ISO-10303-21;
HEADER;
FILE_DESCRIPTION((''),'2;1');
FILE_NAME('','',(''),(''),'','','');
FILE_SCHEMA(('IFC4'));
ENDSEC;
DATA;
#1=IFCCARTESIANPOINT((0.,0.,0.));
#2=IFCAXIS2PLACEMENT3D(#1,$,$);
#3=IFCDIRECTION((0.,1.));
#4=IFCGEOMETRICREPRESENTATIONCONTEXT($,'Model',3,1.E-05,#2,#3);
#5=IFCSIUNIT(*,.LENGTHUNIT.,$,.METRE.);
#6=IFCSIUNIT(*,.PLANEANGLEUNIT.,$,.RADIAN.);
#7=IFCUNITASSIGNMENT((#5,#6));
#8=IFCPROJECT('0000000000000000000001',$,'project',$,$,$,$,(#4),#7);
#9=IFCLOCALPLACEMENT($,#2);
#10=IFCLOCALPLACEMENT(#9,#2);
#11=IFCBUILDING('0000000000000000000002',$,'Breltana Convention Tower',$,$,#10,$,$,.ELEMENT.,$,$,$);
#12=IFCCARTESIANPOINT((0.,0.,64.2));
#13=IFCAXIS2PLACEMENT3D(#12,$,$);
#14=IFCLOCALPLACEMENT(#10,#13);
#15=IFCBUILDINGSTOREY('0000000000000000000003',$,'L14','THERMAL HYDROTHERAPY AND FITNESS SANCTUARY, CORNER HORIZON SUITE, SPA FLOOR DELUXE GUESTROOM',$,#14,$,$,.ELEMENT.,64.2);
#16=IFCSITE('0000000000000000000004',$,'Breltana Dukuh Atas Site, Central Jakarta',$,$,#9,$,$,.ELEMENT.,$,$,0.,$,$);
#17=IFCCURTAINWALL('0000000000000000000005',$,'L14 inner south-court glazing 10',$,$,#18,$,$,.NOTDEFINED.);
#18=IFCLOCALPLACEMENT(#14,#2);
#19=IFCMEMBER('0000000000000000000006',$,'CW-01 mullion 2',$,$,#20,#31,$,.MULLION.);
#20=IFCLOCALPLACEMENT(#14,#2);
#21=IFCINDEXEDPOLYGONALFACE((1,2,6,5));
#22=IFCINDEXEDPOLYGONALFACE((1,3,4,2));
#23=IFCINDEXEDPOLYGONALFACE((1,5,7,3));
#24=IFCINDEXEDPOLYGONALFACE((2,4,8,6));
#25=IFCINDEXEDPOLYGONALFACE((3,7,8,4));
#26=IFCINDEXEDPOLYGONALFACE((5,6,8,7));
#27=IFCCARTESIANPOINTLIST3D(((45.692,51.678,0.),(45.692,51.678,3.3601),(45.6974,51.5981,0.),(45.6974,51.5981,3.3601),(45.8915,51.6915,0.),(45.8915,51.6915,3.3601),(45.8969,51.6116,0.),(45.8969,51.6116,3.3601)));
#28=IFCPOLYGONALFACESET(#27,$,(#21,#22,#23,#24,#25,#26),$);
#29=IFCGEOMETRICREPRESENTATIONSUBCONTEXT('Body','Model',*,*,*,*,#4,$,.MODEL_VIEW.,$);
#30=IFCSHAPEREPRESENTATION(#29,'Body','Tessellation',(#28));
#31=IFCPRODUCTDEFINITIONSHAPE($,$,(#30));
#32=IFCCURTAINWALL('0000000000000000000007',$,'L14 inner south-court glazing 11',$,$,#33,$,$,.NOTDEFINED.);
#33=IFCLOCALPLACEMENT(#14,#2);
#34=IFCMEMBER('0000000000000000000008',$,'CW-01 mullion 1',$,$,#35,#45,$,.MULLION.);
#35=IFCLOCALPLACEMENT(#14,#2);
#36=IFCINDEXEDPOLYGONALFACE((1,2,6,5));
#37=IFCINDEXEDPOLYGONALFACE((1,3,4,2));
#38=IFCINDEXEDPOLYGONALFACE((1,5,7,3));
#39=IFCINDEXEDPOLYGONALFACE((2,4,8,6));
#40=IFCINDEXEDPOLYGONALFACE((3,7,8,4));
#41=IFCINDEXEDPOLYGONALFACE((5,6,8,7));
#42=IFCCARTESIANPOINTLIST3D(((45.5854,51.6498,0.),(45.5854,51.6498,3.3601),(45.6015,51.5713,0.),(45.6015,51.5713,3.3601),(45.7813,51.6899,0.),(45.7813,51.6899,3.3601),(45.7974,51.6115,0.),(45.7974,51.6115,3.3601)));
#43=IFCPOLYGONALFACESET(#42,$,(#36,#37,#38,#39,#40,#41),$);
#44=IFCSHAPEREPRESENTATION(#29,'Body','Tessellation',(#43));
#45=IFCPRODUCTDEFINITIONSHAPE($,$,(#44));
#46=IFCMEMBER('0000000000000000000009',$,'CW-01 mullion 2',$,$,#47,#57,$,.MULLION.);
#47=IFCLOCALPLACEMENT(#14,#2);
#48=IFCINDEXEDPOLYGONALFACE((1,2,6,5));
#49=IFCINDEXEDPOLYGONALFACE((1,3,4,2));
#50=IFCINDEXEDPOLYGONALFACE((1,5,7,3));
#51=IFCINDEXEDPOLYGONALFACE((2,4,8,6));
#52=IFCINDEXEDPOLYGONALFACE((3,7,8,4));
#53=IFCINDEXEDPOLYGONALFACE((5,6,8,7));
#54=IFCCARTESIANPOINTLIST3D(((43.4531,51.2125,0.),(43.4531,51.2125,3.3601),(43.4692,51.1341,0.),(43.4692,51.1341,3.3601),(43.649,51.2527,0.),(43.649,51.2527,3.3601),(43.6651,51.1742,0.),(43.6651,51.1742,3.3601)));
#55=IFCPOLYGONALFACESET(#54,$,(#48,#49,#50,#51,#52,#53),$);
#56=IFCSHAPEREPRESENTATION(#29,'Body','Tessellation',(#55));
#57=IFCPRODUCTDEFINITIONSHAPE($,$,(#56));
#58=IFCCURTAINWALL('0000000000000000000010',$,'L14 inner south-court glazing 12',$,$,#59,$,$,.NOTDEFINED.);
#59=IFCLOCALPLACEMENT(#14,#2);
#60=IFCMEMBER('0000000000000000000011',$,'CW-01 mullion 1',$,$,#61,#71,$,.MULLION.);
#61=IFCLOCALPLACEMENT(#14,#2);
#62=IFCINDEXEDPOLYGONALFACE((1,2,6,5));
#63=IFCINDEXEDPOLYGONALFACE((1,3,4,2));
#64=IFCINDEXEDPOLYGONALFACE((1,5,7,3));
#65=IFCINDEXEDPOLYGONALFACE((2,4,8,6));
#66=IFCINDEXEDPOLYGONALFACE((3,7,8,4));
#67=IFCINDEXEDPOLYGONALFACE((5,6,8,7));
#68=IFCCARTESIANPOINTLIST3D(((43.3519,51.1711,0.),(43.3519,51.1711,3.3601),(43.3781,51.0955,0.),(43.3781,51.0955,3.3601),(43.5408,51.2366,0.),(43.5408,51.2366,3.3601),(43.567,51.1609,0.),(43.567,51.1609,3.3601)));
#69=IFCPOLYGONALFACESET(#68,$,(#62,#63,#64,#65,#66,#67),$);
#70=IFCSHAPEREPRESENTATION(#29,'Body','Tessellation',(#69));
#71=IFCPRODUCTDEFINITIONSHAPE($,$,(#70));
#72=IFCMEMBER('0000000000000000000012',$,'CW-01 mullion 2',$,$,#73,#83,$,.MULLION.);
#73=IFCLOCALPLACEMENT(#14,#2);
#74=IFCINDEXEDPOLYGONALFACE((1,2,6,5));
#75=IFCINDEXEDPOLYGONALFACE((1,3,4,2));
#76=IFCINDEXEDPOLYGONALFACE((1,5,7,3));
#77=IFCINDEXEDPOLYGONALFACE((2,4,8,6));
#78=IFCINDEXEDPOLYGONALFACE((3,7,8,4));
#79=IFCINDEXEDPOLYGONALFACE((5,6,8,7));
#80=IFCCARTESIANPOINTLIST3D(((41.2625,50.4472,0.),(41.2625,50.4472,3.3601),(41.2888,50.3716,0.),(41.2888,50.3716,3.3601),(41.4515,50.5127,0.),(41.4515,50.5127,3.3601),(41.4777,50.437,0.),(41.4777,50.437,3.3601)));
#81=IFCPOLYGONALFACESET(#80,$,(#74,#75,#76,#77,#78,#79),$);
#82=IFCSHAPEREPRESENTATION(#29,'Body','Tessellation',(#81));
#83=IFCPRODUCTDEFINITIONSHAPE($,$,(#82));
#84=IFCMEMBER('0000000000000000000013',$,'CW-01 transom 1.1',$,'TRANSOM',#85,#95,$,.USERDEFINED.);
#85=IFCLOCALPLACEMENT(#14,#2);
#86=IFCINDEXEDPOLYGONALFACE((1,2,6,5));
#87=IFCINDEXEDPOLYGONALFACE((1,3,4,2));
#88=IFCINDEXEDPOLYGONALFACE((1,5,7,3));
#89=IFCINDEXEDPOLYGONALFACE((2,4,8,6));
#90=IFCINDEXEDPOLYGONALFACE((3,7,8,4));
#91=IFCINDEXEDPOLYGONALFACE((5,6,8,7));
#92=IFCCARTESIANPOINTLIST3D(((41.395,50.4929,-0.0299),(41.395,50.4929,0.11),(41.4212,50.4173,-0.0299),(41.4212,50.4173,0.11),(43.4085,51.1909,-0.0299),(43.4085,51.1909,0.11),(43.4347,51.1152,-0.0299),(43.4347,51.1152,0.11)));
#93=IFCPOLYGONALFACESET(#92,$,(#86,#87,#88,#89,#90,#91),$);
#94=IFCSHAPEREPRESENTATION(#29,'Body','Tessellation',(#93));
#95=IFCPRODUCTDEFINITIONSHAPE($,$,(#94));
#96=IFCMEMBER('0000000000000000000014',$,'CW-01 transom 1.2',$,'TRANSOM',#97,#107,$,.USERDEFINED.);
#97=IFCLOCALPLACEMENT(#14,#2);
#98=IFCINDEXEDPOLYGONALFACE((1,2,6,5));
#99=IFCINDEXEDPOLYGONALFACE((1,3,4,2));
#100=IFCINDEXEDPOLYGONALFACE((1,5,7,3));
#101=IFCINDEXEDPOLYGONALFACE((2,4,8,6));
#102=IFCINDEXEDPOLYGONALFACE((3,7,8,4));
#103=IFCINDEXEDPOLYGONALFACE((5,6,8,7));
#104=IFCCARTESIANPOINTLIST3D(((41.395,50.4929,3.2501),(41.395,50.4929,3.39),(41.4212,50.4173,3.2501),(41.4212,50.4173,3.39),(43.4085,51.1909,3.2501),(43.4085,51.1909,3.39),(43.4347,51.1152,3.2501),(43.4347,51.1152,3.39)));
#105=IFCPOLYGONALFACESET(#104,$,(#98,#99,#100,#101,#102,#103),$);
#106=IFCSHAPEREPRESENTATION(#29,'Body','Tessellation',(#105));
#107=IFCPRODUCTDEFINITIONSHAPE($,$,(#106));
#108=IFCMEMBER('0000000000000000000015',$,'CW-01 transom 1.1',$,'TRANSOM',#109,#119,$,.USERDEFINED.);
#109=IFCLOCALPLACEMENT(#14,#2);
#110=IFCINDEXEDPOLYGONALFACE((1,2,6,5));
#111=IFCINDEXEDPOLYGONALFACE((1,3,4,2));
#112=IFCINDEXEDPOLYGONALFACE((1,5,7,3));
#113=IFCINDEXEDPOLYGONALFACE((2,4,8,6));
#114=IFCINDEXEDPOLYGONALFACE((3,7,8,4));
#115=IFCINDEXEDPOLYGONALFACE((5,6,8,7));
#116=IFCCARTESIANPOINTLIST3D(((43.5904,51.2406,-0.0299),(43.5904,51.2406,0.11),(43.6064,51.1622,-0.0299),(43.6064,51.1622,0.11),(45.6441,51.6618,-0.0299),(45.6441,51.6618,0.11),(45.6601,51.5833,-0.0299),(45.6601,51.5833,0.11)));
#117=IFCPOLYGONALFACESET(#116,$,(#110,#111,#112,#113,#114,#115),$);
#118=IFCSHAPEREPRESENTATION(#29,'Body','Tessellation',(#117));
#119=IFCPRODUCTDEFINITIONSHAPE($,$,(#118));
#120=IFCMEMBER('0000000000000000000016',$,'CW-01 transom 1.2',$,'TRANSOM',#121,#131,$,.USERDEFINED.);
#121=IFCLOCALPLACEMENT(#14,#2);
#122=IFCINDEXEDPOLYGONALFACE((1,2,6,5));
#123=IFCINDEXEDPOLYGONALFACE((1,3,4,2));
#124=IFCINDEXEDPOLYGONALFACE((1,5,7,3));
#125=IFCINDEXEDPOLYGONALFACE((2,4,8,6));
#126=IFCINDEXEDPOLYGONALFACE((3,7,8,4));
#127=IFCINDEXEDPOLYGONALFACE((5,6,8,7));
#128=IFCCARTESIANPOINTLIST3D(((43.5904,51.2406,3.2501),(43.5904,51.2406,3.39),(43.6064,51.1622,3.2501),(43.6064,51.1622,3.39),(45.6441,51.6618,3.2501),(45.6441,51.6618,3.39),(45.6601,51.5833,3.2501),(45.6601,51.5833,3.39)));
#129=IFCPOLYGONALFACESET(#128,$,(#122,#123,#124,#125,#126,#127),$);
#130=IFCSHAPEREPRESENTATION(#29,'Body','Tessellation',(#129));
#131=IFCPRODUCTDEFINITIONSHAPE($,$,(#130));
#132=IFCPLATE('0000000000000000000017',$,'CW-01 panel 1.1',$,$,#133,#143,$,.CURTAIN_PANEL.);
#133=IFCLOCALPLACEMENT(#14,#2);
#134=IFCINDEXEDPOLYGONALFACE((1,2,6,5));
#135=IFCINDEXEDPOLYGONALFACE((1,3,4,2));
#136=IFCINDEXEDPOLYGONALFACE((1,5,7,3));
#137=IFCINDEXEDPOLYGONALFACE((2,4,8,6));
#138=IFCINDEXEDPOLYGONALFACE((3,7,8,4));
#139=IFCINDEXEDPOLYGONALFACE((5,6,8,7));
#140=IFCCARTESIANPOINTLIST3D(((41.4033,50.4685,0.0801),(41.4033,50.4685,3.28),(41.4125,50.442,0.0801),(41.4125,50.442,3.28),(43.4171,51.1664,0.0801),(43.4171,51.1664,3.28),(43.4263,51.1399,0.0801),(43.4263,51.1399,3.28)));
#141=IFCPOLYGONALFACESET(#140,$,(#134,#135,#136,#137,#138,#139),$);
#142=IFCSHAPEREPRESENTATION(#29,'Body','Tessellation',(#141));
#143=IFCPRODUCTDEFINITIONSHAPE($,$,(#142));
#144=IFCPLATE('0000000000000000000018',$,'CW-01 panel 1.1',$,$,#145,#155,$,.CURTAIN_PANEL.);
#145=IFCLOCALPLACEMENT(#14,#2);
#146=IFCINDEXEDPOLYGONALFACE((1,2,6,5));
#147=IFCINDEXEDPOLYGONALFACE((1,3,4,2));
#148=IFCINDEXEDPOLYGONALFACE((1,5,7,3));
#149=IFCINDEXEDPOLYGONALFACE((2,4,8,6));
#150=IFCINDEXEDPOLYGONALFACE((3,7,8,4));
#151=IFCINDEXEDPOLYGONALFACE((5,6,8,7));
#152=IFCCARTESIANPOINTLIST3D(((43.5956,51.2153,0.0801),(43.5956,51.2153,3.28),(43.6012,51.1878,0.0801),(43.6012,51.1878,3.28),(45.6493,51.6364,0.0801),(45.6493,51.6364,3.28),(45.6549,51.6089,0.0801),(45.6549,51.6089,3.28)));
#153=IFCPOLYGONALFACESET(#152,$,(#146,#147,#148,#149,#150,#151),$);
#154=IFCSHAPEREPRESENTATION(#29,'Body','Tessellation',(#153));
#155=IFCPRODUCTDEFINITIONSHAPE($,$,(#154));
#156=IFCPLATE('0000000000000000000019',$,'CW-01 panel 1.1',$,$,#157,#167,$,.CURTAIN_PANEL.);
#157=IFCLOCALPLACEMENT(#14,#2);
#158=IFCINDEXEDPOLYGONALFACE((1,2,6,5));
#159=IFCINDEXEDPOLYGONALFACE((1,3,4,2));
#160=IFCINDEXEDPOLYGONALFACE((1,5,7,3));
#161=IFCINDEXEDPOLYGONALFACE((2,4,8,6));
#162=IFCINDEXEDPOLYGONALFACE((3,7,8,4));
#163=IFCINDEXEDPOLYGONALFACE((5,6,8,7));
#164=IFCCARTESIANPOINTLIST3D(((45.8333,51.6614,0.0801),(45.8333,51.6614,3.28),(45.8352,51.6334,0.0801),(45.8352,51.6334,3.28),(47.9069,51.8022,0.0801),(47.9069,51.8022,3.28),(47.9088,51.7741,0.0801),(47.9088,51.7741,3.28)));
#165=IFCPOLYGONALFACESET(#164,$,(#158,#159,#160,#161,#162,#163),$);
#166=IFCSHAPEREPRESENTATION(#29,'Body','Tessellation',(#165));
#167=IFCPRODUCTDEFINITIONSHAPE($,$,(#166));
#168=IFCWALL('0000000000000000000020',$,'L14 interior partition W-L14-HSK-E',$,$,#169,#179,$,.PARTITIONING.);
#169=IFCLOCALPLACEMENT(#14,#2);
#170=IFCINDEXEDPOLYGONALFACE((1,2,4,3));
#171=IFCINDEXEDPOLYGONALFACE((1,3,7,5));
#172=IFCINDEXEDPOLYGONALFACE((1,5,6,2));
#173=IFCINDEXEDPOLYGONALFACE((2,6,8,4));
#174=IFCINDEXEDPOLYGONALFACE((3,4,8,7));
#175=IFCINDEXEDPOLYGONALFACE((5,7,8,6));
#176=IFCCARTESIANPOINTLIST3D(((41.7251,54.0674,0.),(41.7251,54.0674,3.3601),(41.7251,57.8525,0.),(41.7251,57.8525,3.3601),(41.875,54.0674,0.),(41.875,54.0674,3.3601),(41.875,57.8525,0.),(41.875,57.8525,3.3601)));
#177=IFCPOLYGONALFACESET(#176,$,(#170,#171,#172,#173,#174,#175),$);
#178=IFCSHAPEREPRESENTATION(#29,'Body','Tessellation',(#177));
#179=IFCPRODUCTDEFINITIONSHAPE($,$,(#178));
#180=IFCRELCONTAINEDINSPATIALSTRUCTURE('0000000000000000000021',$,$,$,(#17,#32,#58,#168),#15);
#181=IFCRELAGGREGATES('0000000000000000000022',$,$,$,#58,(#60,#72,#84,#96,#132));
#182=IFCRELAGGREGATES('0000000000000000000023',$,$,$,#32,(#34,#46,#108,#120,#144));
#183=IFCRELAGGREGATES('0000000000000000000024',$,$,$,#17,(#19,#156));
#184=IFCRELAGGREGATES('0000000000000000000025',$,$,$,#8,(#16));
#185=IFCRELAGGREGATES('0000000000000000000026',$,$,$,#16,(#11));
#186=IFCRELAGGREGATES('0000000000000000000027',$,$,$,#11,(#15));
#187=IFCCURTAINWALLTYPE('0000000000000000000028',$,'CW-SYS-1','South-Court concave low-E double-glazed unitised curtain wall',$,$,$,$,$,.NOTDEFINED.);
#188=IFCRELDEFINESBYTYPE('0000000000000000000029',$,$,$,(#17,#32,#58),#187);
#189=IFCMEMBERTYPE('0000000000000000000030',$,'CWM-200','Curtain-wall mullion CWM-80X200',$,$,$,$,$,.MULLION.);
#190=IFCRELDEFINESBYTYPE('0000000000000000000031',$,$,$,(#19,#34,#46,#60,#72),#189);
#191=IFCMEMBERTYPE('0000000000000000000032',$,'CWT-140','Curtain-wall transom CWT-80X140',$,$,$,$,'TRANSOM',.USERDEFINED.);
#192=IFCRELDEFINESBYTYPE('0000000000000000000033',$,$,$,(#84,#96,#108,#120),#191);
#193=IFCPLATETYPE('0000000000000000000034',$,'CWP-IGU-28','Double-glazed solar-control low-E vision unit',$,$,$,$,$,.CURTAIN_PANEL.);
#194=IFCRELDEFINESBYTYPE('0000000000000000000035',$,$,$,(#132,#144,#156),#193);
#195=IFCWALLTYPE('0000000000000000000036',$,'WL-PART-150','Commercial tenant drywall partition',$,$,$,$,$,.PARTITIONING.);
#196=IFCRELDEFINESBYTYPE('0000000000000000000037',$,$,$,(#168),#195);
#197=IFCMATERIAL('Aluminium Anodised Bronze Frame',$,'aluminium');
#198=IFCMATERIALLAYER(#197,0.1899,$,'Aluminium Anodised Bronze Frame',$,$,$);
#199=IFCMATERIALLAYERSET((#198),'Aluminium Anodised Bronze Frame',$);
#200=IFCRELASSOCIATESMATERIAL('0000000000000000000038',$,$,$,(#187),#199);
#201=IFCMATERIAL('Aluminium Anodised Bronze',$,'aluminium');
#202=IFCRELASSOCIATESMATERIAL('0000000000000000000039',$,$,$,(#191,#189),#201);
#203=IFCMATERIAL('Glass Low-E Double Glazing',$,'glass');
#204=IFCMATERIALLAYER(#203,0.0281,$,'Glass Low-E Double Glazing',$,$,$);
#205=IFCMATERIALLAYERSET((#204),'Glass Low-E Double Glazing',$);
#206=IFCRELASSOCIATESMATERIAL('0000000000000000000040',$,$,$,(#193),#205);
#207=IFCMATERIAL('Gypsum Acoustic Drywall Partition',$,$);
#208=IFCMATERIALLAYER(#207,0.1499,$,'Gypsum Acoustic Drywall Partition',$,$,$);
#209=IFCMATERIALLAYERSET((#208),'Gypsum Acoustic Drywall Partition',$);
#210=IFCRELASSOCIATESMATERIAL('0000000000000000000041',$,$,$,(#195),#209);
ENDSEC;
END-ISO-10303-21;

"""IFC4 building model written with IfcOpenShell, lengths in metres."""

from ifc_helpers import new_model, si_unit, direction, frame, frame_2d, origin, origin_2d, place, context, subcontext, project, spatial, rectangle, extrude, source, transform, mapped, material, layer, layer_set, material_profile, profile_set, type_object, element, aggregate, save


model = new_model("IFC4")

# Units and contexts
model_context = context("Model", 3, precision=1e-05, world=origin(), true_north=direction((0.0, 1.0)))
body_context = subcontext(model_context, "Body", "Model", "MODEL_VIEW")
ifc_project = project(units=[si_unit("LENGTHUNIT", "METRE"), si_unit("PLANEANGLEUNIT", "RADIAN")], contexts=[model_context])

# Site, building, storey
site_placement = place(None, origin())
site = spatial("IfcSite", under=ifc_project, at=site_placement, Name="Breltana Dukuh Atas Site, Central Jakarta", CompositionType="ELEMENT", RefElevation=0.0)
building_placement = place(site_placement, origin())
building = spatial("IfcBuilding", under=site, at=building_placement, Name="Breltana Convention Tower", CompositionType="ELEMENT")
storey_placement = place(building_placement, frame((0.0, 0.0, 64.2)))
storey = spatial("IfcBuildingStorey", under=building, at=storey_placement, Name="L14", Description="THERMAL HYDROTHERAPY AND FITNESS SANCTUARY, CORNER HORIZON SUITE, SPA FLOOR DELUXE GUESTROOM", CompositionType="ELEMENT", Elevation=64.2)

# Curtain walls, members
ifc_material_1 = material(Name="Aluminium Anodised Bronze Frame", Category="aluminium")
ifc_layer_1 = layer(ifc_material_1, 0.1899, Name="Aluminium Anodised Bronze Frame")
ifc_layer_set_1 = layer_set([ifc_layer_1], Name="Aluminium Anodised Bronze Frame")
curtain_wall_type = type_object("IfcCurtainWallType", Name="CW-SYS-1", Description="South-Court concave low-E double-glazed unitised curtain wall", PredefinedType="NOTDEFINED", material=ifc_layer_set_1)
curtain_wall_1_placement = place(storey_placement, origin())
curtain_wall_1 = element("IfcCurtainWall", 1, at=curtain_wall_1_placement, inside=storey, type_object=curtain_wall_type, Name="L14 inner south-court glazing 10", PredefinedType="NOTDEFINED")
ifc_material_2 = material(Name="Aluminium Anodised Bronze", Category="aluminium")
ifc_material_profile_1 = material_profile(ifc_material_2, rectangle(XDim=0.0801, YDim=0.1399, at=origin_2d()), Name="CWT-80X140")
ifc_profile_set_1 = profile_set([ifc_material_profile_1], Name="Aluminium Anodised Bronze")
member_type_1 = type_object("IfcMemberType", Name="CWT-140", Description="Curtain-wall transom CWT-80X140", ElementType="TRANSOM", PredefinedType="USERDEFINED", material=ifc_profile_set_1)
ifc_material_profile_2 = material_profile(ifc_material_2, rectangle(XDim=0.0801, YDim=0.2, at=origin_2d()), Name="CWM-80X200")
ifc_profile_set_2 = profile_set([ifc_material_profile_2], Name="Aluminium Anodised Bronze")
member_type_2 = type_object("IfcMemberType", Name="CWM-200", Description="Curtain-wall mullion CWM-80X200", PredefinedType="MULLION", material=ifc_profile_set_2)
shared_shape_1 = source(origin(), body_context, "Body", "SweptSolid", [
    extrude(rectangle(XDim=0.0801, YDim=0.2, at=origin_2d()), origin(), (0.0, 0.0, 1.0), 3.3601),
])
member_1_placement = place(storey_placement, frame((45.7944, 51.6448, 0.0), z_axis=(0.0, 0.0, 1.0), x_axis=(0.067726, -0.997704, 0.0)))
member_1 = element("IfcMember", 2, at=member_1_placement, type_object=member_type_2, Name="CW-01 mullion 2", PredefinedType="MULLION", context=body_context, shape_type="MappedRepresentation", body=[
    mapped(shared_shape_1, transform((0.0, 0.0, 0.0), scale=1.0)),
])
curtain_wall_2_placement = place(storey_placement, origin())
curtain_wall_2 = element("IfcCurtainWall", 3, at=curtain_wall_2_placement, inside=storey, type_object=curtain_wall_type, Name="L14 inner south-court glazing 11", PredefinedType="NOTDEFINED")
member_2_placement = place(storey_placement, frame((45.6914, 51.6306, 0.0), z_axis=(0.0, 0.0, 1.0), x_axis=(0.200886, -0.979615, 0.0)))
member_2 = element("IfcMember", 4, at=member_2_placement, type_object=member_type_2, Name="CW-01 mullion 1", PredefinedType="MULLION", context=body_context, shape_type="MappedRepresentation", body=[
    mapped(shared_shape_1, transform((0.0, 0.0, 0.0), scale=1.0)),
])
member_3_placement = place(storey_placement, frame((43.5591, 51.1934, 0.0), z_axis=(0.0, 0.0, 1.0), x_axis=(0.200886, -0.979615, 0.0)))
member_3 = element("IfcMember", 5, at=member_3_placement, type_object=member_type_2, Name="CW-01 mullion 2", PredefinedType="MULLION", context=body_context, shape_type="MappedRepresentation", body=[
    mapped(shared_shape_1, transform((0.0, 0.0, 0.0), scale=1.0)),
])
curtain_wall_3_placement = place(storey_placement, origin())
curtain_wall_3 = element("IfcCurtainWall", 6, at=curtain_wall_3_placement, inside=storey, type_object=curtain_wall_type, Name="L14 inner south-court glazing 12", PredefinedType="NOTDEFINED")
member_4_placement = place(storey_placement, frame((43.4595, 51.166, 0.0), z_axis=(0.0, 0.0, 1.0), x_axis=(0.327413, -0.944881, 0.0)))
member_4 = element("IfcMember", 7, at=member_4_placement, type_object=member_type_2, Name="CW-01 mullion 1", PredefinedType="MULLION", context=body_context, shape_type="MappedRepresentation", body=[
    mapped(shared_shape_1, transform((0.0, 0.0, 0.0), scale=1.0)),
])
member_5_placement = place(storey_placement, frame((41.3701, 50.4421, 0.0), z_axis=(0.0, 0.0, 1.0), x_axis=(0.327413, -0.944881, 0.0)))
member_5 = element("IfcMember", 8, at=member_5_placement, type_object=member_type_2, Name="CW-01 mullion 2", PredefinedType="MULLION", context=body_context, shape_type="MappedRepresentation", body=[
    mapped(shared_shape_1, transform((0.0, 0.0, 0.0), scale=1.0)),
])
shared_shape_2 = source(origin(), body_context, "Body", "SweptSolid", [
    extrude(rectangle(XDim=0.0801, YDim=0.1399, at=origin_2d()), origin(), (0.0, 0.0, 1.0), 2.1311),
])
member_6_placement = place(storey_placement, frame((43.4216, 51.1531, 0.04), z_axis=(-0.944847, -0.327512, 0.0), x_axis=(0.327512, -0.944847, 0.0)))
member_6 = element("IfcMember", 9, at=member_6_placement, type_object=member_type_1, Name="CW-01 transom 1.1", ObjectType="TRANSOM", PredefinedType="USERDEFINED", context=body_context, shape_type="MappedRepresentation", body=[
    mapped(shared_shape_2, transform((0.0, 0.0, 0.0), scale=1.0)),
])
member_7_placement = place(storey_placement, frame((43.4216, 51.1531, 3.3201), z_axis=(-0.944847, -0.327512, 0.0), x_axis=(0.327512, -0.944847, 0.0)))
member_7 = element("IfcMember", 10, at=member_7_placement, type_object=member_type_1, Name="CW-01 transom 1.2", ObjectType="TRANSOM", PredefinedType="USERDEFINED", context=body_context, shape_type="MappedRepresentation", body=[
    mapped(shared_shape_2, transform((0.0, 0.0, 0.0), scale=1.0)),
])

# Members
shared_shape_3 = source(origin(), body_context, "Body", "SweptSolid", [
    extrude(rectangle(XDim=0.0801, YDim=0.1399, at=origin_2d()), origin(), (0.0, 0.0, 1.0), 2.0964),
])
member_8_placement = place(storey_placement, frame((45.6521, 51.6226, 0.04), z_axis=(-0.979615, -0.200884, 0.0), x_axis=(0.200884, -0.979615, 0.0)))
member_8 = element("IfcMember", 11, at=member_8_placement, type_object=member_type_1, Name="CW-01 transom 1.1", ObjectType="TRANSOM", PredefinedType="USERDEFINED", context=body_context, shape_type="MappedRepresentation", body=[
    mapped(shared_shape_3, transform((0.0, 0.0, 0.0), scale=1.0)),
])
member_9_placement = place(storey_placement, frame((45.6521, 51.6226, 3.3201), z_axis=(-0.979615, -0.200884, 0.0), x_axis=(0.200884, -0.979615, 0.0)))
member_9 = element("IfcMember", 12, at=member_9_placement, type_object=member_type_1, Name="CW-01 transom 1.2", ObjectType="TRANSOM", PredefinedType="USERDEFINED", context=body_context, shape_type="MappedRepresentation", body=[
    mapped(shared_shape_3, transform((0.0, 0.0, 0.0), scale=1.0)),
])

# Plates
ifc_material_3 = material(Name="Glass Low-E Double Glazing", Category="glass")
ifc_layer_2 = layer(ifc_material_3, 0.0281, Name="Glass Low-E Double Glazing")
ifc_layer_set_2 = layer_set([ifc_layer_2], Name="Glass Low-E Double Glazing")
plate_type = type_object("IfcPlateType", Name="CWP-IGU-28", Description="Double-glazed solar-control low-E vision unit", PredefinedType="CURTAIN_PANEL", material=ifc_layer_set_2)
shared_shape_4 = source(origin(), body_context, "Body", "SweptSolid", [
    extrude(rectangle(XDim=2.1313, YDim=0.0281, at=origin_2d()), origin(), (0.0, 0.0, 1.0), 3.2),
])
plate_1_placement = place(storey_placement, frame((42.4148, 50.8042, 0.0801), z_axis=(0.0, 0.0, 1.0), x_axis=(-0.944881, -0.327413, 0.0)))
plate_1 = element("IfcPlate", 13, at=plate_1_placement, type_object=plate_type, Name="CW-01 panel 1.1", PredefinedType="CURTAIN_PANEL", context=body_context, shape_type="MappedRepresentation", body=[
    mapped(shared_shape_4, transform((0.0, 0.0, 0.0), scale=1.0)),
])
aggregate(curtain_wall_3, [member_4, member_5, member_6, member_7, plate_1])
shared_shape_5 = source(origin(), body_context, "Body", "SweptSolid", [
    extrude(rectangle(XDim=2.0964, YDim=0.0281, at=origin_2d()), origin(), (0.0, 0.0, 1.0), 3.2),
])
plate_2_placement = place(storey_placement, frame((44.6252, 51.4121, 0.0801), z_axis=(0.0, 0.0, 1.0), x_axis=(-0.979615, -0.200886, 0.0)))
plate_2 = element("IfcPlate", 14, at=plate_2_placement, type_object=plate_type, Name="CW-01 panel 1.1", PredefinedType="CURTAIN_PANEL", context=body_context, shape_type="MappedRepresentation", body=[
    mapped(shared_shape_5, transform((0.0, 0.0, 0.0), scale=1.0)),
])
aggregate(curtain_wall_2, [member_2, member_3, member_8, member_9, plate_2])
shared_shape_6 = source(origin(), body_context, "Body", "SweptSolid", [
    extrude(rectangle(XDim=2.0784, YDim=0.0281, at=origin_2d()), origin(), (0.0, 0.0, 1.0), 3.2),
])
plate_3_placement = place(storey_placement, frame((46.8711, 51.7178, 0.0801), z_axis=(0.0, 0.0, 1.0), x_axis=(-0.997704, -0.067726, 0.0)))
plate_3 = element("IfcPlate", 15, at=plate_3_placement, type_object=plate_type, Name="CW-01 panel 1.1", PredefinedType="CURTAIN_PANEL", context=body_context, shape_type="MappedRepresentation", body=[
    mapped(shared_shape_6, transform((0.0, 0.0, 0.0), scale=1.0)),
])
aggregate(curtain_wall_1, [member_1, plate_3])

# Wall
ifc_material_4 = material(Name="Gypsum Acoustic Drywall Partition")
ifc_layer_3 = layer(ifc_material_4, 0.1499, Name="Gypsum Acoustic Drywall Partition")
ifc_layer_set_3 = layer_set([ifc_layer_3], Name="Gypsum Acoustic Drywall Partition")
wall_type_1 = type_object("IfcWallType", Name="WL-PART-150", Description="Commercial tenant drywall partition", PredefinedType="PARTITIONING", material=ifc_layer_set_3)
shared_shape_7 = source(origin(), body_context, "Body", "SweptSolid", [
    extrude(rectangle(XDim=3.7852, YDim=0.1499, at=frame_2d((1.8926, 0.0))), origin(), (0.0, 0.0, 1.0), 3.3601),
])
wall_1_placement = place(storey_placement, frame((41.8, 54.0674, 0.0), z_axis=(0.0, 0.0, 1.0), x_axis=(0.0, 1.0, 0.0)))
element("IfcWall", 16, at=wall_1_placement, inside=storey, type_object=wall_type_1, Name="L14 interior partition W-L14-HSK-E", PredefinedType="PARTITIONING", context=body_context, shape_type="MappedRepresentation", body=[
    mapped(shared_shape_7, transform((0.0, 0.0, 0.0), scale=1.0)),
])

save(model, "model.ifc")
